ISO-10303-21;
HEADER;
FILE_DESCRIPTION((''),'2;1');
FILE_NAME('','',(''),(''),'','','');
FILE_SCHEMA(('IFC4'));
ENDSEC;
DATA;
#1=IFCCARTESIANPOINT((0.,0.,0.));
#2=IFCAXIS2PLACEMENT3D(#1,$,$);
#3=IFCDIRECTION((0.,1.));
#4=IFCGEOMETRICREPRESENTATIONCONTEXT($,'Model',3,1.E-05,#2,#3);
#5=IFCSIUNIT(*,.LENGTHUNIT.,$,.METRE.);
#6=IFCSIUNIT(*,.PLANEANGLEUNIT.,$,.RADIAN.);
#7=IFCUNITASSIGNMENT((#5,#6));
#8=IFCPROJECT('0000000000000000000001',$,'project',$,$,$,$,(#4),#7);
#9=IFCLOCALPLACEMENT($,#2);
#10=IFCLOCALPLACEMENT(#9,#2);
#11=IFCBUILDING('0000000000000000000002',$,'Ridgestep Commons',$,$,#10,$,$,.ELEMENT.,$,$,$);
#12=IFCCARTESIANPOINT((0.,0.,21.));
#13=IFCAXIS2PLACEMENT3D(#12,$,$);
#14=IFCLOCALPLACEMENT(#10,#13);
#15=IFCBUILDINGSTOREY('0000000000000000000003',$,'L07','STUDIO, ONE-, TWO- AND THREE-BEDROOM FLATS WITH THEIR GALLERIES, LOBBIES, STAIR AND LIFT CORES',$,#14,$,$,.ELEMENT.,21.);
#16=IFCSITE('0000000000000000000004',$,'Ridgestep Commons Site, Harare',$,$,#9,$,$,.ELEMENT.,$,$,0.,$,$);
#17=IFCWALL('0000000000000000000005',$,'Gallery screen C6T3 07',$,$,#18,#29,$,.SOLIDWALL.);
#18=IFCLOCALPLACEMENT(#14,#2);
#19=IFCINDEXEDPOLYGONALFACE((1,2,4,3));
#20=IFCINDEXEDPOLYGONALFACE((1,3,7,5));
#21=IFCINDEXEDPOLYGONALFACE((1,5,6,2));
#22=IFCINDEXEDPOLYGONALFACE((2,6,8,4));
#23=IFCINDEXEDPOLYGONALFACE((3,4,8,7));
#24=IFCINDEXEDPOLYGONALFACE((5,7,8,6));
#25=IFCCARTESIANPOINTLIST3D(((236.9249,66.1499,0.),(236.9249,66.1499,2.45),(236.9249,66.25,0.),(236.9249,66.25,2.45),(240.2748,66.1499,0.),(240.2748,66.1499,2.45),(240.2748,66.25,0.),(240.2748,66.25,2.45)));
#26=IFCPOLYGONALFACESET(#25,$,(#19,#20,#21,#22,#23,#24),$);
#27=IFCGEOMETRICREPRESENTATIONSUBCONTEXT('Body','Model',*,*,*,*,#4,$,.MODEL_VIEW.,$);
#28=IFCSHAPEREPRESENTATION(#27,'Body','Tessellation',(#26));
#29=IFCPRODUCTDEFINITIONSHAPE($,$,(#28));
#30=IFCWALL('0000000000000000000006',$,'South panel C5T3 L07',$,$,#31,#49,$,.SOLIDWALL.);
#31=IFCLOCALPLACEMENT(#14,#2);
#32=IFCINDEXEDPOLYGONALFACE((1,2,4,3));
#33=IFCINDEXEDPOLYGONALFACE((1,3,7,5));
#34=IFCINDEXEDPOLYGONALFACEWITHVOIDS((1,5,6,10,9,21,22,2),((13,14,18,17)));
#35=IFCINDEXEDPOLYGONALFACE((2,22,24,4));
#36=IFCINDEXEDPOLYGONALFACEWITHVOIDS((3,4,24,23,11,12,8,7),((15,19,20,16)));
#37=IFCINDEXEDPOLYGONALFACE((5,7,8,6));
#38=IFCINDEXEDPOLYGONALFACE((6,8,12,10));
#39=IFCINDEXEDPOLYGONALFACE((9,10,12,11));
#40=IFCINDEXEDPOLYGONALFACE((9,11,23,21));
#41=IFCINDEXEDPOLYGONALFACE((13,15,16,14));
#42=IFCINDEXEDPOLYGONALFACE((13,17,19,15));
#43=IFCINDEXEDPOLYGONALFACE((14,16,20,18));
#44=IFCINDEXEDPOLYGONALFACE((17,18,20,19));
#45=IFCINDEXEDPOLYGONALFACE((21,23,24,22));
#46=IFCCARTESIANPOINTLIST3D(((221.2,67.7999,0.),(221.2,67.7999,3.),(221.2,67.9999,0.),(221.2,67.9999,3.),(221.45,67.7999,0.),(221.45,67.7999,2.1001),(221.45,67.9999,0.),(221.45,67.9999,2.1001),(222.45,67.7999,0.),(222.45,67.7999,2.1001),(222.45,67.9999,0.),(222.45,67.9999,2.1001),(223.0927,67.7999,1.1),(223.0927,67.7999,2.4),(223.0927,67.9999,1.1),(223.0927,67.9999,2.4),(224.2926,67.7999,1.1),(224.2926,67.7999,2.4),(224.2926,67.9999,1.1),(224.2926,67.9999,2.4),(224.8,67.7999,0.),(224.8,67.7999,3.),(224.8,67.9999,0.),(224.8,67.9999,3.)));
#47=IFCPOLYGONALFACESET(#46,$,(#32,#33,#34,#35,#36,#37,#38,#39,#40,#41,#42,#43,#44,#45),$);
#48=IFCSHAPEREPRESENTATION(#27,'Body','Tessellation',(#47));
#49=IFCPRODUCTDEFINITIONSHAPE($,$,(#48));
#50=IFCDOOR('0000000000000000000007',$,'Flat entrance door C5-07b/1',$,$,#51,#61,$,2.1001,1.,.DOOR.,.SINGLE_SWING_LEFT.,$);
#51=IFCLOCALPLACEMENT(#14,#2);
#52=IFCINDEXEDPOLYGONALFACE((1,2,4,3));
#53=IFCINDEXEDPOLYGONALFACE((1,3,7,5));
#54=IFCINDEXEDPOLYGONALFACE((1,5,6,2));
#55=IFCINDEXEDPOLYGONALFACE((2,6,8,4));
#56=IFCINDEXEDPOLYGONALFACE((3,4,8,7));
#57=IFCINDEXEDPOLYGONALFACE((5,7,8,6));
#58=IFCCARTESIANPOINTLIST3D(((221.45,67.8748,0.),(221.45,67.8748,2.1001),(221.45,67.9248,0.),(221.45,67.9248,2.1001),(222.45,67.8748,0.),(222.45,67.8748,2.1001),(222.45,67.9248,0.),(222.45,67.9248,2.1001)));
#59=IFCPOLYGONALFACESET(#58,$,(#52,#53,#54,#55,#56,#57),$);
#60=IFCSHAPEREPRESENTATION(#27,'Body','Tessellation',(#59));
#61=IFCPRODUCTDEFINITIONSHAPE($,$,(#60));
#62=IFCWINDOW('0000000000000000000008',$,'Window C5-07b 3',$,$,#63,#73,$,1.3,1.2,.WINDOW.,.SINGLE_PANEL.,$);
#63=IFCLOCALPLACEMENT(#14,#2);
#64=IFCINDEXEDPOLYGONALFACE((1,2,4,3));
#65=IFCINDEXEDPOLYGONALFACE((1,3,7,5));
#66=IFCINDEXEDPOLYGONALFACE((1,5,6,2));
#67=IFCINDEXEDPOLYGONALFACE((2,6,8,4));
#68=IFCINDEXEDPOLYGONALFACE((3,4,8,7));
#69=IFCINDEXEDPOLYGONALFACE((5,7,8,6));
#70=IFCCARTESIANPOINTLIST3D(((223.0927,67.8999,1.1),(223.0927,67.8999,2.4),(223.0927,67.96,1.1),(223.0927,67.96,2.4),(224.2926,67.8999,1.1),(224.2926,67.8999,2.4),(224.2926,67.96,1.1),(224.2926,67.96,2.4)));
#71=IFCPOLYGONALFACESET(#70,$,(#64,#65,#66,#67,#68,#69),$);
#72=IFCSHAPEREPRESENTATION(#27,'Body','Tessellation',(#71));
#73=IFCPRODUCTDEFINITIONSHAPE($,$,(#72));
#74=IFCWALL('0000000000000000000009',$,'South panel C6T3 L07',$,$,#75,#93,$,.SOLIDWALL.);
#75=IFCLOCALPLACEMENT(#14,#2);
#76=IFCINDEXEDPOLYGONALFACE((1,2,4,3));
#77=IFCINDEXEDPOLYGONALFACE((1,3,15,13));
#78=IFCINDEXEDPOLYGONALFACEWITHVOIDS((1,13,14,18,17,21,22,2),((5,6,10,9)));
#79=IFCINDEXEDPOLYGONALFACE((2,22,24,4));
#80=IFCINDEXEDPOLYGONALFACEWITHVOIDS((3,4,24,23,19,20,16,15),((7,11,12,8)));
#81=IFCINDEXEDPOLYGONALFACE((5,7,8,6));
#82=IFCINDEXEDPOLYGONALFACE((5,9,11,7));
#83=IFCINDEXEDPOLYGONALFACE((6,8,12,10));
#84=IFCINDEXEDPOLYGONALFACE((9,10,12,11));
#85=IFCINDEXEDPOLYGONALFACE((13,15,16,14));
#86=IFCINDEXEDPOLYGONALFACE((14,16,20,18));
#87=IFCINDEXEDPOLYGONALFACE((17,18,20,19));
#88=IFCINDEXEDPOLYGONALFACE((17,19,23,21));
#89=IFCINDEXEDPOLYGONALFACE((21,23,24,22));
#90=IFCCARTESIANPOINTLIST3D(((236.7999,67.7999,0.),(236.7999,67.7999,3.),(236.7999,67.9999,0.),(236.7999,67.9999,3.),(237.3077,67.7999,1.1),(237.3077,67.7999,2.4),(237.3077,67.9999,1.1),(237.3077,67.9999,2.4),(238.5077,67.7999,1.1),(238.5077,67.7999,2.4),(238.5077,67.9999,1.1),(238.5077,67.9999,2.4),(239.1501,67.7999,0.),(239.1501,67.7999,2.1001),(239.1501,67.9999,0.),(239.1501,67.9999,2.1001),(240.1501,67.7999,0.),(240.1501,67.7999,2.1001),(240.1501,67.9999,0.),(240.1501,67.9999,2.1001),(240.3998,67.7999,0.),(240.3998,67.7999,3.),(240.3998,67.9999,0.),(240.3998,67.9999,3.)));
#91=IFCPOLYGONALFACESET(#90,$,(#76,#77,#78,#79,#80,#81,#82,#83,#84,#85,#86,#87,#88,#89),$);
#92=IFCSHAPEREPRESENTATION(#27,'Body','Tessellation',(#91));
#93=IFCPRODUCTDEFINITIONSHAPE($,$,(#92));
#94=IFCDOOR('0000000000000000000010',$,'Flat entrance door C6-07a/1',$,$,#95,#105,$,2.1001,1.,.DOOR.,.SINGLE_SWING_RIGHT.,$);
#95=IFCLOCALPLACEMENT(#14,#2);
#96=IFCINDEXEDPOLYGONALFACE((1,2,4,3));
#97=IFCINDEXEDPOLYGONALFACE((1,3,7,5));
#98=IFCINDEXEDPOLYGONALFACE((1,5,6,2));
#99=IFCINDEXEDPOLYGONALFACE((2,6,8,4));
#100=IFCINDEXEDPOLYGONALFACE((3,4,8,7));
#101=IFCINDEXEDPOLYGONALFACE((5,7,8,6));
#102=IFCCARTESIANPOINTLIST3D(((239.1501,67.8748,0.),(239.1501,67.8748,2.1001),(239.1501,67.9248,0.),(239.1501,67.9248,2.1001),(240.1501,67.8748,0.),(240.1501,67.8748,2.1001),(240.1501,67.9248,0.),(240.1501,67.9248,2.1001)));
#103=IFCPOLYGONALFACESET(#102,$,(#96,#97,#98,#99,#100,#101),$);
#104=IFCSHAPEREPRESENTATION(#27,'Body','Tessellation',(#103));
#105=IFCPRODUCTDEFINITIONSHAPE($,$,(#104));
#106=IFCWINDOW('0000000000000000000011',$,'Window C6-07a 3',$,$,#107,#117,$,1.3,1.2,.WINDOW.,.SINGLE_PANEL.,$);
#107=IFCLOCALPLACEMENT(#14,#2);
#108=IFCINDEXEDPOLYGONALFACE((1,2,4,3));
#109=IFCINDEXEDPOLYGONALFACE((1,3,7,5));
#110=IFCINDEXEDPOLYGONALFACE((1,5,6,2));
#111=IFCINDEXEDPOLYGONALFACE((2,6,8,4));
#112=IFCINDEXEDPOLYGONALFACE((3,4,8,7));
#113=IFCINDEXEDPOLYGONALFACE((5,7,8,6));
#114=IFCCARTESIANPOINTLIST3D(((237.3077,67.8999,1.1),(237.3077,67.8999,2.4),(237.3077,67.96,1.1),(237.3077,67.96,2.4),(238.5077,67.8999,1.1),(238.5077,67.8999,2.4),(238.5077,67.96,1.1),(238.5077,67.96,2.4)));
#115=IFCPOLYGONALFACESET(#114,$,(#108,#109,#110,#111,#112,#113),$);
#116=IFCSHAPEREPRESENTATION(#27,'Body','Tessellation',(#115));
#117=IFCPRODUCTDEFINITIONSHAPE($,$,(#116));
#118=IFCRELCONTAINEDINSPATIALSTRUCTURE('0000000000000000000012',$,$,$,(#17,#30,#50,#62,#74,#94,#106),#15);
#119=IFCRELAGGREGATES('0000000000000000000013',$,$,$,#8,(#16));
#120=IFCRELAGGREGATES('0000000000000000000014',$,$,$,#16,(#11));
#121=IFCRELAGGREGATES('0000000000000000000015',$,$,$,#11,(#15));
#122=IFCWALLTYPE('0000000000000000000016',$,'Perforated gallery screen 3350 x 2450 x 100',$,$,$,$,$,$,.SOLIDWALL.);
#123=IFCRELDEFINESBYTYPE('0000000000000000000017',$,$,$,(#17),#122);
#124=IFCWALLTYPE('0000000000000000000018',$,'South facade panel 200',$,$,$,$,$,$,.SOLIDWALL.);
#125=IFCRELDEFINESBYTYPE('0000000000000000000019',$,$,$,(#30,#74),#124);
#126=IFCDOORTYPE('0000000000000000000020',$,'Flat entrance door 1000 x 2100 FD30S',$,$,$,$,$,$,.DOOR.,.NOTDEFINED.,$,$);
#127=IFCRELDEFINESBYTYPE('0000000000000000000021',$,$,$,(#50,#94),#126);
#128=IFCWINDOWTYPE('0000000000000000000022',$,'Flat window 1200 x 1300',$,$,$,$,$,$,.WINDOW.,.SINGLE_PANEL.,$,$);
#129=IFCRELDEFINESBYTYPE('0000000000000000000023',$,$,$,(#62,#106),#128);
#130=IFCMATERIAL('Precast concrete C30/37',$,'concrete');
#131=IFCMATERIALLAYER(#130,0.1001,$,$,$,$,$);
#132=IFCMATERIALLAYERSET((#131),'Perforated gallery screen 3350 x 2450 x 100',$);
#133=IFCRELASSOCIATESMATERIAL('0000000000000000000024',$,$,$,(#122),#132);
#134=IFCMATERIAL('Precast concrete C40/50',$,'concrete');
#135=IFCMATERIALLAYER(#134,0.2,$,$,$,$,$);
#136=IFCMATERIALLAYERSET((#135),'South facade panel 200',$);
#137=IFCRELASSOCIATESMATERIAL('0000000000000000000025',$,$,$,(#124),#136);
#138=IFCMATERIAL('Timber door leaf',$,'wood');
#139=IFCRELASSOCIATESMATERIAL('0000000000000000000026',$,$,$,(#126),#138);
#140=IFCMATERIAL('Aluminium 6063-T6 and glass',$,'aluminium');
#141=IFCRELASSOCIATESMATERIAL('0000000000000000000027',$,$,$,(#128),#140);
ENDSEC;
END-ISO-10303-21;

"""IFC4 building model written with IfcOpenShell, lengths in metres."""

from ifc_helpers import new_model, si_unit, direction, frame, frame_2d, origin, place, context, subcontext, project, spatial, rectangle, extrude, material, layer, layer_set, type_object, element, fill, save


model = new_model("IFC4")

# Units and contexts
model_context = context("Model", 3, precision=1e-05, world=origin(), true_north=direction((0.0, 1.0)))
body_context = subcontext(model_context, "Body", "Model", "MODEL_VIEW")
ifc_project = project(units=[si_unit("LENGTHUNIT", "METRE"), si_unit("PLANEANGLEUNIT", "RADIAN")], contexts=[model_context])

# Site, building, storey
site_placement = place(None, origin())
site = spatial("IfcSite", under=ifc_project, at=site_placement, Name="Ridgestep Commons Site, Harare", CompositionType="ELEMENT", RefElevation=0.0)
building_placement = place(site_placement, origin())
building = spatial("IfcBuilding", under=site, at=building_placement, Name="Ridgestep Commons", CompositionType="ELEMENT")
storey_placement = place(building_placement, frame((0.0, 0.0, 21.0)))
storey = spatial("IfcBuildingStorey", under=building, at=storey_placement, Name="L07", Description="STUDIO, ONE-, TWO- AND THREE-BEDROOM FLATS WITH THEIR GALLERIES, LOBBIES, STAIR AND LIFT CORES", CompositionType="ELEMENT", Elevation=21.0)

# Wall
ifc_material_1 = material(Name="Precast concrete C30/37", Category="concrete")
ifc_layer_1 = layer(ifc_material_1, 0.1001)
ifc_layer_set_1 = layer_set([ifc_layer_1], Name="Perforated gallery screen 3350 x 2450 x 100")
wall_type_1 = type_object("IfcWallType", Name="Perforated gallery screen 3350 x 2450 x 100", PredefinedType="SOLIDWALL", material=ifc_layer_set_1)
wall_1_placement = place(storey_placement, frame((236.925, 66.2, 0.0), z_axis=(0.0, 0.0, 1.0), x_axis=(1.0, 0.0, 0.0)))
element("IfcWall", 1, at=wall_1_placement, inside=storey, type_object=wall_type_1, Name="Gallery screen C6T3 07", PredefinedType="SOLIDWALL", context=body_context, shape_type="SweptSolid", body=[
    extrude(rectangle(XDim=3.3499, YDim=0.1001, at=frame_2d((1.6748, 0.0))), origin(), (0.0, 0.0, 1.0), 2.45),
])

# Walls, openings, doors, windows
ifc_material_2 = material(Name="Precast concrete C40/50", Category="concrete")
ifc_layer_2 = layer(ifc_material_2, 0.2)
ifc_layer_set_2 = layer_set([ifc_layer_2], Name="South facade panel 200")
wall_type_2 = type_object("IfcWallType", Name="South facade panel 200", PredefinedType="SOLIDWALL", material=ifc_layer_set_2)
wall_2_placement = place(storey_placement, frame((221.2, 67.8999, 0.0), z_axis=(0.0, 0.0, 1.0), x_axis=(1.0, 0.0, 0.0)))
wall_2 = element("IfcWall", 2, at=wall_2_placement, inside=storey, type_object=wall_type_2, Name="South panel C5T3 L07", PredefinedType="SOLIDWALL", context=body_context, shape_type="SweptSolid", body=[
    extrude(rectangle(XDim=3.6001, YDim=0.2, at=frame_2d((1.8, 0.0))), origin(), (0.0, 0.0, 1.0), 3.0),
])
opening_1_placement = place(wall_2_placement, frame((1.8926, 0.0, 1.1001)))
opening_1 = element("IfcOpeningElement", 3, at=opening_1_placement, cuts=wall_2, PredefinedType="OPENING", context=body_context, shape_type="SweptSolid", body=[
    extrude(rectangle(XDim=1.2, YDim=1.3, at=frame_2d((0.6001, 0.6499))), frame((0.0, 0.1099, 0.0), z_axis=(0.0, -1.0, 0.0), x_axis=(1.0, 0.0, 0.0)), (0.0, 0.0, 1.0), 0.22),
])
opening_2_placement = place(wall_2_placement, frame((0.25, 0.0, 0.0)))
opening_2 = element("IfcOpeningElement", 4, at=opening_2_placement, cuts=wall_2, PredefinedType="OPENING", context=body_context, shape_type="SweptSolid", body=[
    extrude(rectangle(XDim=1.0, YDim=2.1001, at=frame_2d((0.5, 1.05))), frame((0.0, 0.1099, 0.0), z_axis=(0.0, -1.0, 0.0), x_axis=(1.0, 0.0, 0.0)), (0.0, 0.0, 1.0), 0.22),
])
ifc_material_3 = material(Name="Timber door leaf", Category="wood")
door_type_1 = type_object("IfcDoorType", Name="Flat entrance door 1000 x 2100 FD30S", OperationType="NOTDEFINED", PredefinedType="DOOR", material=ifc_material_3)
door_1_placement = place(opening_2_placement, origin())
door_1 = element("IfcDoor", 5, at=door_1_placement, inside=storey, type_object=door_type_1, Name="Flat entrance door C5-07b/1", OperationType="SINGLE_SWING_LEFT", OverallHeight=2.1001, OverallWidth=1.0, PredefinedType="DOOR", context=body_context, shape_type="SweptSolid", body=[
    extrude(rectangle(XDim=1.0, YDim=2.1001, at=frame_2d((0.5, 1.05))), frame((0.0, 0.0249, 0.0), z_axis=(0.0, -1.0, 0.0), x_axis=(1.0, 0.0, 0.0)), (0.0, 0.0, 1.0), 0.05),
])
fill(opening_2, door_1)
ifc_material_4 = material(Name="Aluminium 6063-T6 and glass", Category="aluminium")
window_type = type_object("IfcWindowType", Name="Flat window 1200 x 1300", PartitioningType="SINGLE_PANEL", PredefinedType="WINDOW", material=ifc_material_4)
window_1_placement = place(opening_1_placement, origin())
window_1 = element("IfcWindow", 6, at=window_1_placement, inside=storey, type_object=window_type, Name="Window C5-07b 3", OverallHeight=1.3, OverallWidth=1.2, PartitioningType="SINGLE_PANEL", PredefinedType="WINDOW", context=body_context, shape_type="SweptSolid", body=[
    extrude(rectangle(XDim=1.2, YDim=1.3, at=frame_2d((0.6001, 0.6499))), frame((0.0, 0.0601, 0.0), z_axis=(0.0, -1.0, 0.0), x_axis=(1.0, 0.0, 0.0)), (0.0, 0.0, 1.0), 0.0601),
])
fill(opening_1, window_1)
wall_3_placement = place(storey_placement, frame((236.8, 67.8999, 0.0), z_axis=(0.0, 0.0, 1.0), x_axis=(1.0, 0.0, 0.0)))
wall_3 = element("IfcWall", 7, at=wall_3_placement, inside=storey, type_object=wall_type_2, Name="South panel C6T3 L07", PredefinedType="SOLIDWALL", context=body_context, shape_type="SweptSolid", body=[
    extrude(rectangle(XDim=3.5999, YDim=0.2, at=frame_2d((1.7998, 0.0))), origin(), (0.0, 0.0, 1.0), 3.0),
])
opening_3_placement = place(wall_3_placement, frame((0.5076, 0.0, 1.1001)))
opening_3 = element("IfcOpeningElement", 8, at=opening_3_placement, cuts=wall_3, PredefinedType="OPENING", context=body_context, shape_type="SweptSolid", body=[
    extrude(rectangle(XDim=1.2, YDim=1.3, at=frame_2d((0.6001, 0.6499))), frame((0.0, 0.1099, 0.0), z_axis=(0.0, -1.0, 0.0), x_axis=(1.0, 0.0, 0.0)), (0.0, 0.0, 1.0), 0.22),
])
opening_4_placement = place(wall_3_placement, frame((2.3501, 0.0, 0.0)))
opening_4 = element("IfcOpeningElement", 9, at=opening_4_placement, cuts=wall_3, PredefinedType="OPENING", context=body_context, shape_type="SweptSolid", body=[
    extrude(rectangle(XDim=1.0, YDim=2.1001, at=frame_2d((0.5, 1.05))), frame((0.0, 0.1099, 0.0), z_axis=(0.0, -1.0, 0.0), x_axis=(1.0, 0.0, 0.0)), (0.0, 0.0, 1.0), 0.22),
])
door_2_placement = place(opening_4_placement, origin())
door_2 = element("IfcDoor", 10, at=door_2_placement, inside=storey, type_object=door_type_1, Name="Flat entrance door C6-07a/1", OperationType="SINGLE_SWING_RIGHT", OverallHeight=2.1001, OverallWidth=1.0, PredefinedType="DOOR", context=body_context, shape_type="SweptSolid", body=[
    extrude(rectangle(XDim=1.0, YDim=2.1001, at=frame_2d((0.5, 1.05))), frame((0.0, 0.0249, 0.0), z_axis=(0.0, -1.0, 0.0), x_axis=(1.0, 0.0, 0.0)), (0.0, 0.0, 1.0), 0.05),
])
fill(opening_4, door_2)
window_2_placement = place(opening_3_placement, origin())
window_2 = element("IfcWindow", 11, at=window_2_placement, inside=storey, type_object=window_type, Name="Window C6-07a 3", OverallHeight=1.3, OverallWidth=1.2, PartitioningType="SINGLE_PANEL", PredefinedType="WINDOW", context=body_context, shape_type="SweptSolid", body=[
    extrude(rectangle(XDim=1.2, YDim=1.3, at=frame_2d((0.6001, 0.6499))), frame((0.0, 0.0601, 0.0), z_axis=(0.0, -1.0, 0.0), x_axis=(1.0, 0.0, 0.0)), (0.0, 0.0, 1.0), 0.0601),
])
fill(opening_3, window_2)

save(model, "model.ifc")
